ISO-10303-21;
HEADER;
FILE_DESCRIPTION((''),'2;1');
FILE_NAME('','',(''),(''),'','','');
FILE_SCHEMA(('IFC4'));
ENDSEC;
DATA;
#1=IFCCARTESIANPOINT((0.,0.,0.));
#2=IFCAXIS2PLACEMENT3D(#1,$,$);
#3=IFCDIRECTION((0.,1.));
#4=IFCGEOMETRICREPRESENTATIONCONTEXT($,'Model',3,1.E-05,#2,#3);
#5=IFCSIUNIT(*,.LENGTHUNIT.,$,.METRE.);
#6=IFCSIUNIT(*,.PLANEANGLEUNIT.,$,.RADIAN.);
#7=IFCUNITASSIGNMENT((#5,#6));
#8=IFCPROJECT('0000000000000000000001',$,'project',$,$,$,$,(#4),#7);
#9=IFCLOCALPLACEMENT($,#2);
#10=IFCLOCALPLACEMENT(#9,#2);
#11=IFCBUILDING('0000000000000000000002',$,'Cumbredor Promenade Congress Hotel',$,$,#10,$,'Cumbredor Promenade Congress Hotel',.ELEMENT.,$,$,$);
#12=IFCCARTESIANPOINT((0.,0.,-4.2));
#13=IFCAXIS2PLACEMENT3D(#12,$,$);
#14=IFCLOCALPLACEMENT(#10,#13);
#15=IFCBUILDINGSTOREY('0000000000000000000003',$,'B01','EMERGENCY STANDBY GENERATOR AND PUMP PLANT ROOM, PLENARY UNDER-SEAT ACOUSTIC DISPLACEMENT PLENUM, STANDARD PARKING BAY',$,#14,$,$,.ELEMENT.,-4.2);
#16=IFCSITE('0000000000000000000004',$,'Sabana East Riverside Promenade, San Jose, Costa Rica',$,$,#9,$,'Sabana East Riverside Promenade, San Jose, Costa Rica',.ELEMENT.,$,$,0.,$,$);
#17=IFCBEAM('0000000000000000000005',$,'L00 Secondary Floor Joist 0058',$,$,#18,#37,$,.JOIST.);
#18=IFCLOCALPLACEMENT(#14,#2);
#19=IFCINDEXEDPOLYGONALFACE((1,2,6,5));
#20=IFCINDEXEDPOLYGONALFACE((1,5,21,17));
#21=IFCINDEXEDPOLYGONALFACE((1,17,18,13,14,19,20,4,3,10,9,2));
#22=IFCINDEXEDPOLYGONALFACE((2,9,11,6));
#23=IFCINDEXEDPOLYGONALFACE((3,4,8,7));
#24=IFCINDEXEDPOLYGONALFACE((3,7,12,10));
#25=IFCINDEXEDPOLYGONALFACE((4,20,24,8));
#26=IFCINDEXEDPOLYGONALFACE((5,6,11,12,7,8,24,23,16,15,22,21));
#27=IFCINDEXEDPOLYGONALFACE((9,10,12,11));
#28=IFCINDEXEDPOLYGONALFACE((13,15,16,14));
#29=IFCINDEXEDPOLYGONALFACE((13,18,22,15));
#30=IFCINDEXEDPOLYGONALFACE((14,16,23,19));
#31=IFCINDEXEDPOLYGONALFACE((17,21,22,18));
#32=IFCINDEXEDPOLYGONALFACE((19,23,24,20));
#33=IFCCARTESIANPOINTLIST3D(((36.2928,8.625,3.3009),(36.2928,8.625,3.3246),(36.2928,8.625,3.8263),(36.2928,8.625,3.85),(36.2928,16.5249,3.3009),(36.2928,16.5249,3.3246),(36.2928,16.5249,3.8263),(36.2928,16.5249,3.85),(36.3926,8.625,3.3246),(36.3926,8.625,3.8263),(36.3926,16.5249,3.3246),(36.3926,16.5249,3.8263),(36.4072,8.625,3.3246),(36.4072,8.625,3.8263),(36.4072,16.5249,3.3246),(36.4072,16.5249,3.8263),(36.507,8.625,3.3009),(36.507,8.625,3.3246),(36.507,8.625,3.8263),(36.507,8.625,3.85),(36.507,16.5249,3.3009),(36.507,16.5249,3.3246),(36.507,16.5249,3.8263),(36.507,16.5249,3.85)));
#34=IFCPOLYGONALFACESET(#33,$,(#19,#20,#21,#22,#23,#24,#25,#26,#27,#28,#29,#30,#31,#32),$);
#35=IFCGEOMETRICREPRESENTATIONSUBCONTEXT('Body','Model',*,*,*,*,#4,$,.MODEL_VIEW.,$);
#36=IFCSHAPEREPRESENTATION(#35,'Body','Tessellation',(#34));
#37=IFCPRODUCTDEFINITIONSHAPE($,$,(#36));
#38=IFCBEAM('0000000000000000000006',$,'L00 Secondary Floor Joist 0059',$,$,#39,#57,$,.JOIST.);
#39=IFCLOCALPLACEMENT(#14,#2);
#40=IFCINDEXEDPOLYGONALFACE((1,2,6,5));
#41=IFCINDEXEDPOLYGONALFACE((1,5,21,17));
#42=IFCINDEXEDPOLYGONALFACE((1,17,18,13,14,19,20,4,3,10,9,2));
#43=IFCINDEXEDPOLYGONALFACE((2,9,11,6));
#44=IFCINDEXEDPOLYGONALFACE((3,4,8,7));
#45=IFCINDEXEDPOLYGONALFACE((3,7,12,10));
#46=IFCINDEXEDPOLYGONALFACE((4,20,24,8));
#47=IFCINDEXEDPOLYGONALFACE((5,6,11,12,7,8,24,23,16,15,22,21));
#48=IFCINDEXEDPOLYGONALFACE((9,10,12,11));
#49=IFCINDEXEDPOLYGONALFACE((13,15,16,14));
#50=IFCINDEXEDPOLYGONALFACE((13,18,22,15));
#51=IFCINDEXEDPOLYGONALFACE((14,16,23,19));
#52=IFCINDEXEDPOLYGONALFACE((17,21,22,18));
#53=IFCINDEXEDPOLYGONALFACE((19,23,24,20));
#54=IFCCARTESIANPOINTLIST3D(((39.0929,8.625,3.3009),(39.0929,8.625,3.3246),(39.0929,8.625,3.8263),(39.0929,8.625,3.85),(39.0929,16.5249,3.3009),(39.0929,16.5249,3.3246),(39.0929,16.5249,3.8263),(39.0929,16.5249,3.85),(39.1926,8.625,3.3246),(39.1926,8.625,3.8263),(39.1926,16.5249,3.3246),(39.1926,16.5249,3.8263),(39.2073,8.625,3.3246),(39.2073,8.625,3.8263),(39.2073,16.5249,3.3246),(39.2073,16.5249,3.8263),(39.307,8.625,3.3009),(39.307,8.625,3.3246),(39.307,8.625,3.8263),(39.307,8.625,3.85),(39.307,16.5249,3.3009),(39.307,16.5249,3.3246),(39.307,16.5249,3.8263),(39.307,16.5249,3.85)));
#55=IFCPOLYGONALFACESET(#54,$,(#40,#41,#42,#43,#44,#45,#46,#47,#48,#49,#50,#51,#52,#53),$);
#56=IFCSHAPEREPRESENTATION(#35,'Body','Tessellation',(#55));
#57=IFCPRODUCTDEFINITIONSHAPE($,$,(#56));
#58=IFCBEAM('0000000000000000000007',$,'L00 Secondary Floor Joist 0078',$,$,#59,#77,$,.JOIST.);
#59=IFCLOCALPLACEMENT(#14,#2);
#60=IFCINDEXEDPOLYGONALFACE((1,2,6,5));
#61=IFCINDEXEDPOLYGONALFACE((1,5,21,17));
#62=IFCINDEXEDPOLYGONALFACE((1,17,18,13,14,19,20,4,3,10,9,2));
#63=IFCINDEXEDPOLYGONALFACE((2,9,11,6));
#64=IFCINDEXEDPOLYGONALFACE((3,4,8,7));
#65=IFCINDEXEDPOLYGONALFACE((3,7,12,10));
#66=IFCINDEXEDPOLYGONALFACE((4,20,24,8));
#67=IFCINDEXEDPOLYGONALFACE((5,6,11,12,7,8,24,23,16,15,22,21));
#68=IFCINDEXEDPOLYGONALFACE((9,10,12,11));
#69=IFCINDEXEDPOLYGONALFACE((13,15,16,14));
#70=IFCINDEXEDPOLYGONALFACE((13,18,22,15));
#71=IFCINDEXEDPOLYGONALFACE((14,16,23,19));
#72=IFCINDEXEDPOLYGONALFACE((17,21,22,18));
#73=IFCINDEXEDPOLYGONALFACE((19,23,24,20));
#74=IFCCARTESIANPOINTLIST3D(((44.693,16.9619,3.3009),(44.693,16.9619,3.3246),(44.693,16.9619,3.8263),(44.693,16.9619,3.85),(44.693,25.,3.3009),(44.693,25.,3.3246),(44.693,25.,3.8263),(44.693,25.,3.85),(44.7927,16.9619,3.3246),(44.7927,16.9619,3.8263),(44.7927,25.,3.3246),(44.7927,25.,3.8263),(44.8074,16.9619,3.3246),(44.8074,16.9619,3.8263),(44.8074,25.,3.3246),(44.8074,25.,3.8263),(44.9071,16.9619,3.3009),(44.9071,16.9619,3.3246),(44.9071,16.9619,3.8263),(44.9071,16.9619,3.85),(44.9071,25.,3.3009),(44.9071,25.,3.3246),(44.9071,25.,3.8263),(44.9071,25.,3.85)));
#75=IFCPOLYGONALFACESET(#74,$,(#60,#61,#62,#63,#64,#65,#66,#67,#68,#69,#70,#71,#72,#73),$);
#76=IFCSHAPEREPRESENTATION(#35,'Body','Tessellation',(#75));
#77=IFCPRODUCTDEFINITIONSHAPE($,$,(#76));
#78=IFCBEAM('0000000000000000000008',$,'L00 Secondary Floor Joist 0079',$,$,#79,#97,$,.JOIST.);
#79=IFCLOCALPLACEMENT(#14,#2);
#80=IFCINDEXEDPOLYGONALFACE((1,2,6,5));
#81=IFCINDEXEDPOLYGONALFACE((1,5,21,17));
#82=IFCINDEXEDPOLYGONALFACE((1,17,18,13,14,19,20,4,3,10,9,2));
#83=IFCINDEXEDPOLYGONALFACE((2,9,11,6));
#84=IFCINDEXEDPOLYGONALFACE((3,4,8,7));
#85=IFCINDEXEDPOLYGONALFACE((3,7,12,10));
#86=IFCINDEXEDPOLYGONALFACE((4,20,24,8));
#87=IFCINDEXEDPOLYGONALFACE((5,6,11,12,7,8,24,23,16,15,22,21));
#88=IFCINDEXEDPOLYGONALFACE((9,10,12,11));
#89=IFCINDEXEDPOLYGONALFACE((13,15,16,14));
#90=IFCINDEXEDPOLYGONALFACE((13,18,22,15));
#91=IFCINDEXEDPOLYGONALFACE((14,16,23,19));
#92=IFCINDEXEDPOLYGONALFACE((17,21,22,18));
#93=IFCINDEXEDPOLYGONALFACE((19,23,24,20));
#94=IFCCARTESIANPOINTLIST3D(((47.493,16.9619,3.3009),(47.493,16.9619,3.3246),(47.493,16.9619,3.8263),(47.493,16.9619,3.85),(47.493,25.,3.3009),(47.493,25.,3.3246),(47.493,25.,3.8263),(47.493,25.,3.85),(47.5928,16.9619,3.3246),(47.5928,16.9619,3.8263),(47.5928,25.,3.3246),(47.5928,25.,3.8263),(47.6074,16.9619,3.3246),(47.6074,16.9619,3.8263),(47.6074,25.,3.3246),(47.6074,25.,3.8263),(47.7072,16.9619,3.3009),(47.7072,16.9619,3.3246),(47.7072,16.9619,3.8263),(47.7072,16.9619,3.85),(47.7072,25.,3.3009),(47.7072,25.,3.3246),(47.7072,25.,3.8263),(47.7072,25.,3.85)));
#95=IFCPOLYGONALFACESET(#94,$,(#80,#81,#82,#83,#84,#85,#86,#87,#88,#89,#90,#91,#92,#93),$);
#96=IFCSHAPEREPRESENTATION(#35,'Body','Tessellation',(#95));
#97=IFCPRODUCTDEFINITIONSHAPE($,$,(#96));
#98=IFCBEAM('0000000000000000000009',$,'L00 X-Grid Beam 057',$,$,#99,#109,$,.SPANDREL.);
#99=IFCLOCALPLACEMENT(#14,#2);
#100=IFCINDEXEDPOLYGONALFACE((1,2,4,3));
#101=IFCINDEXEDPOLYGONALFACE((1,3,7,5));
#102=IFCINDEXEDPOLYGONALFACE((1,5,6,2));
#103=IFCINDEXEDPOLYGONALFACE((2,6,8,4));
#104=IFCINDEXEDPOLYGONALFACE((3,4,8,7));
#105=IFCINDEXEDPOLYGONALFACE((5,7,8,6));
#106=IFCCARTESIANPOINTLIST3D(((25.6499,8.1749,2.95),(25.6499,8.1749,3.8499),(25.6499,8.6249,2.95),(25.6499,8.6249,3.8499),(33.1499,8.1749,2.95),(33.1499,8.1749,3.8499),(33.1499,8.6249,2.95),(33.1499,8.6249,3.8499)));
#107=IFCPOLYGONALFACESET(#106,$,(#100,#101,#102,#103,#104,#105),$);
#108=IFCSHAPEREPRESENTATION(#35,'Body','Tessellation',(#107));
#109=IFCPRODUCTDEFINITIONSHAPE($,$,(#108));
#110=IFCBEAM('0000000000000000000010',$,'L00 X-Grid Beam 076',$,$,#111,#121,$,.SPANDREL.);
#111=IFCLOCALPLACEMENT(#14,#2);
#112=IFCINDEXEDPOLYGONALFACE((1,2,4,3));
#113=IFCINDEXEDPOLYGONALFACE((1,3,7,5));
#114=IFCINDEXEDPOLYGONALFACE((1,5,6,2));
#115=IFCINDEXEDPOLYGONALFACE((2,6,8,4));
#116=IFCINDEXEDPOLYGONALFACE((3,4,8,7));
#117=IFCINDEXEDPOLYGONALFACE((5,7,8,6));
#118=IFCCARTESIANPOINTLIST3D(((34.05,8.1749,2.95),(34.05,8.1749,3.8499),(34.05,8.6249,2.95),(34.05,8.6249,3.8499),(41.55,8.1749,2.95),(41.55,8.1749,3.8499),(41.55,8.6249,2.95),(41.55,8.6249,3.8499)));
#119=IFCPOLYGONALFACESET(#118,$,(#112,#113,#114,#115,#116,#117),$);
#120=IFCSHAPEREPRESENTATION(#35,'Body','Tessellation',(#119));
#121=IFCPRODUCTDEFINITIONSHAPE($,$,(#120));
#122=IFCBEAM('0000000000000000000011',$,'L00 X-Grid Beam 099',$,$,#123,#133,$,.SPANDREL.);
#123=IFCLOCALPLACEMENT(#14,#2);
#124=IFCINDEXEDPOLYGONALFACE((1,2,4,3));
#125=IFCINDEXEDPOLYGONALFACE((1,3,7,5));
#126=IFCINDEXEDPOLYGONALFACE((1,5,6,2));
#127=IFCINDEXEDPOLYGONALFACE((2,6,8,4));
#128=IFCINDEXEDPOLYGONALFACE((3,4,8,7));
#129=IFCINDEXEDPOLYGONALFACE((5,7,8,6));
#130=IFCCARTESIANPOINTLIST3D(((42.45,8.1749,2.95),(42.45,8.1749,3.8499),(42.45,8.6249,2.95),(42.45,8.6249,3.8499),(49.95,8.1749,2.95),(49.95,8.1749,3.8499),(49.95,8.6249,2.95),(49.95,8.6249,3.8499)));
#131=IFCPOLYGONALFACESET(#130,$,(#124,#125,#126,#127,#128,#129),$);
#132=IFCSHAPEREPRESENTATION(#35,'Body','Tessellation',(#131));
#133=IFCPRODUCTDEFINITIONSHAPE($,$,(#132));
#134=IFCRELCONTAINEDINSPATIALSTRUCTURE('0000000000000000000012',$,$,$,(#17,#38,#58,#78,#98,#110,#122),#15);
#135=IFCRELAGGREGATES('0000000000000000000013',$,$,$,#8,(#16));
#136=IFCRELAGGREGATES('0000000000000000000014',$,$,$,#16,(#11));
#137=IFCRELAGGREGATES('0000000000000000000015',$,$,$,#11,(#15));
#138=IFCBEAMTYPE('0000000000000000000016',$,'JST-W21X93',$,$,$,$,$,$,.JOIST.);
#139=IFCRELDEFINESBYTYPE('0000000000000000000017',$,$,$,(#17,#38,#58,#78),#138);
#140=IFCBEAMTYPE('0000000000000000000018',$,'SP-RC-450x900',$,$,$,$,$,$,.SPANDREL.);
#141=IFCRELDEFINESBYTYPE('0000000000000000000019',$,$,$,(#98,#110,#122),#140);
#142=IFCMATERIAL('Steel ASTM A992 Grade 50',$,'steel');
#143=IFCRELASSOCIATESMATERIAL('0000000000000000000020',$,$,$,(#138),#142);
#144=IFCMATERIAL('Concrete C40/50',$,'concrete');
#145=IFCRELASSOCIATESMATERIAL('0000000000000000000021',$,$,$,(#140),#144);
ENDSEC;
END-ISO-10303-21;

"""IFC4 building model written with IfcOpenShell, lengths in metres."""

from ifc_helpers import new_model, si_unit, direction, frame, origin, origin_2d, place, context, subcontext, project, spatial, rectangle, i_section, extrude, material, material_profile, profile_set, type_object, element, save


model = new_model("IFC4")

# Units and contexts
model_context = context("Model", 3, precision=1e-05, world=origin(), true_north=direction((0.0, 1.0)))
body_context = subcontext(model_context, "Body", "Model", "MODEL_VIEW")
ifc_project = project(units=[si_unit("LENGTHUNIT", "METRE"), si_unit("PLANEANGLEUNIT", "RADIAN")], contexts=[model_context])

# Site, building, storey
site_placement = place(None, origin())
site = spatial("IfcSite", under=ifc_project, at=site_placement, Name="Sabana East Riverside Promenade, San Jose, Costa Rica", LongName="Sabana East Riverside Promenade, San Jose, Costa Rica", CompositionType="ELEMENT", RefElevation=0.0)
building_placement = place(site_placement, origin())
building = spatial("IfcBuilding", under=site, at=building_placement, Name="Cumbredor Promenade Congress Hotel", LongName="Cumbredor Promenade Congress Hotel", CompositionType="ELEMENT")
storey_placement = place(building_placement, frame((0.0, 0.0, -4.2)))
storey = spatial("IfcBuildingStorey", under=building, at=storey_placement, Name="B01", Description="EMERGENCY STANDBY GENERATOR AND PUMP PLANT ROOM, PLENARY UNDER-SEAT ACOUSTIC DISPLACEMENT PLENUM, STANDARD PARKING BAY", CompositionType="ELEMENT", Elevation=-4.2)

# Shared definitions
ifc_material_1 = material(Name="Concrete C40/50", Category="concrete")

# Beams
ifc_material_2 = material(Name="Steel ASTM A992 Grade 50", Category="steel")
ifc_material_profile_1 = material_profile(ifc_material_2, i_section(OverallWidth=0.2141, OverallDepth=0.5491, WebThickness=0.0146, FlangeThickness=0.0237, at=origin_2d()), Name="W21X93")
ifc_profile_set_1 = profile_set([ifc_material_profile_1], Name="Steel ASTM A992 Grade 50")
beam_type_1 = type_object("IfcBeamType", Name="JST-W21X93", PredefinedType="JOIST", material=ifc_profile_set_1)
for number, where, z_axis, x_axis, name in (
    (1, (36.3999, 8.625, 3.5754), (0.0, 1.0, 0.0), (-1.0, 0.0, 0.0), "L00 Secondary Floor Joist 0058"),
    (2, (39.2, 8.625, 3.5754), (0.0, 1.0, 0.0), (-1.0, 0.0, 0.0), "L00 Secondary Floor Joist 0059"),
):
    element("IfcBeam", number, at=place(storey_placement, frame(where, z_axis=z_axis, x_axis=x_axis)), inside=storey, type_object=beam_type_1, Name=name, PredefinedType="JOIST", context=body_context, shape_type="SweptSolid", body=[
        extrude(i_section(OverallWidth=0.2141, OverallDepth=0.5491, WebThickness=0.0146, FlangeThickness=0.0237, at=origin_2d()), origin(), (0.0, 0.0, 1.0), 7.8999),
    ])
for number, where, z_axis, x_axis, name in (
    (3, (44.8, 16.9619, 3.5754), (0.0, 1.0, 0.0), (-1.0, 0.0, 0.0), "L00 Secondary Floor Joist 0078"),
    (4, (47.6001, 16.9619, 3.5754), (0.0, 1.0, 0.0), (-1.0, 0.0, 0.0), "L00 Secondary Floor Joist 0079"),
):
    element("IfcBeam", number, at=place(storey_placement, frame(where, z_axis=z_axis, x_axis=x_axis)), inside=storey, type_object=beam_type_1, Name=name, PredefinedType="JOIST", context=body_context, shape_type="SweptSolid", body=[
        extrude(i_section(OverallWidth=0.2141, OverallDepth=0.5491, WebThickness=0.0146, FlangeThickness=0.0237, at=origin_2d()), origin(), (0.0, 0.0, 1.0), 8.0381),
    ])
ifc_material_profile_2 = material_profile(ifc_material_1, rectangle(XDim=0.45, YDim=0.8999, at=origin_2d()), Name="RC SPANDREL 450x900")
ifc_profile_set_2 = profile_set([ifc_material_profile_2], Name="Concrete C40/50")
beam_type_2 = type_object("IfcBeamType", Name="SP-RC-450x900", PredefinedType="SPANDREL", material=ifc_profile_set_2)
for number, where, z_axis, x_axis, name in (
    (5, (25.6499, 8.3999, 3.3999), (1.0, 0.0, 0.0), (0.0, 1.0, 0.0), "L00 X-Grid Beam 057"),
    (6, (34.05, 8.3999, 3.3999), (1.0, 0.0, 0.0), (0.0, 1.0, 0.0), "L00 X-Grid Beam 076"),
    (7, (42.45, 8.3999, 3.3999), (1.0, 0.0, 0.0), (0.0, 1.0, 0.0), "L00 X-Grid Beam 099"),
):
    element("IfcBeam", number, at=place(storey_placement, frame(where, z_axis=z_axis, x_axis=x_axis)), inside=storey, type_object=beam_type_2, Name=name, PredefinedType="SPANDREL", context=body_context, shape_type="SweptSolid", body=[
        extrude(rectangle(XDim=0.45, YDim=0.8999, at=origin_2d()), origin(), (0.0, 0.0, 1.0), 7.5),
    ])

save(model, "model.ifc")
